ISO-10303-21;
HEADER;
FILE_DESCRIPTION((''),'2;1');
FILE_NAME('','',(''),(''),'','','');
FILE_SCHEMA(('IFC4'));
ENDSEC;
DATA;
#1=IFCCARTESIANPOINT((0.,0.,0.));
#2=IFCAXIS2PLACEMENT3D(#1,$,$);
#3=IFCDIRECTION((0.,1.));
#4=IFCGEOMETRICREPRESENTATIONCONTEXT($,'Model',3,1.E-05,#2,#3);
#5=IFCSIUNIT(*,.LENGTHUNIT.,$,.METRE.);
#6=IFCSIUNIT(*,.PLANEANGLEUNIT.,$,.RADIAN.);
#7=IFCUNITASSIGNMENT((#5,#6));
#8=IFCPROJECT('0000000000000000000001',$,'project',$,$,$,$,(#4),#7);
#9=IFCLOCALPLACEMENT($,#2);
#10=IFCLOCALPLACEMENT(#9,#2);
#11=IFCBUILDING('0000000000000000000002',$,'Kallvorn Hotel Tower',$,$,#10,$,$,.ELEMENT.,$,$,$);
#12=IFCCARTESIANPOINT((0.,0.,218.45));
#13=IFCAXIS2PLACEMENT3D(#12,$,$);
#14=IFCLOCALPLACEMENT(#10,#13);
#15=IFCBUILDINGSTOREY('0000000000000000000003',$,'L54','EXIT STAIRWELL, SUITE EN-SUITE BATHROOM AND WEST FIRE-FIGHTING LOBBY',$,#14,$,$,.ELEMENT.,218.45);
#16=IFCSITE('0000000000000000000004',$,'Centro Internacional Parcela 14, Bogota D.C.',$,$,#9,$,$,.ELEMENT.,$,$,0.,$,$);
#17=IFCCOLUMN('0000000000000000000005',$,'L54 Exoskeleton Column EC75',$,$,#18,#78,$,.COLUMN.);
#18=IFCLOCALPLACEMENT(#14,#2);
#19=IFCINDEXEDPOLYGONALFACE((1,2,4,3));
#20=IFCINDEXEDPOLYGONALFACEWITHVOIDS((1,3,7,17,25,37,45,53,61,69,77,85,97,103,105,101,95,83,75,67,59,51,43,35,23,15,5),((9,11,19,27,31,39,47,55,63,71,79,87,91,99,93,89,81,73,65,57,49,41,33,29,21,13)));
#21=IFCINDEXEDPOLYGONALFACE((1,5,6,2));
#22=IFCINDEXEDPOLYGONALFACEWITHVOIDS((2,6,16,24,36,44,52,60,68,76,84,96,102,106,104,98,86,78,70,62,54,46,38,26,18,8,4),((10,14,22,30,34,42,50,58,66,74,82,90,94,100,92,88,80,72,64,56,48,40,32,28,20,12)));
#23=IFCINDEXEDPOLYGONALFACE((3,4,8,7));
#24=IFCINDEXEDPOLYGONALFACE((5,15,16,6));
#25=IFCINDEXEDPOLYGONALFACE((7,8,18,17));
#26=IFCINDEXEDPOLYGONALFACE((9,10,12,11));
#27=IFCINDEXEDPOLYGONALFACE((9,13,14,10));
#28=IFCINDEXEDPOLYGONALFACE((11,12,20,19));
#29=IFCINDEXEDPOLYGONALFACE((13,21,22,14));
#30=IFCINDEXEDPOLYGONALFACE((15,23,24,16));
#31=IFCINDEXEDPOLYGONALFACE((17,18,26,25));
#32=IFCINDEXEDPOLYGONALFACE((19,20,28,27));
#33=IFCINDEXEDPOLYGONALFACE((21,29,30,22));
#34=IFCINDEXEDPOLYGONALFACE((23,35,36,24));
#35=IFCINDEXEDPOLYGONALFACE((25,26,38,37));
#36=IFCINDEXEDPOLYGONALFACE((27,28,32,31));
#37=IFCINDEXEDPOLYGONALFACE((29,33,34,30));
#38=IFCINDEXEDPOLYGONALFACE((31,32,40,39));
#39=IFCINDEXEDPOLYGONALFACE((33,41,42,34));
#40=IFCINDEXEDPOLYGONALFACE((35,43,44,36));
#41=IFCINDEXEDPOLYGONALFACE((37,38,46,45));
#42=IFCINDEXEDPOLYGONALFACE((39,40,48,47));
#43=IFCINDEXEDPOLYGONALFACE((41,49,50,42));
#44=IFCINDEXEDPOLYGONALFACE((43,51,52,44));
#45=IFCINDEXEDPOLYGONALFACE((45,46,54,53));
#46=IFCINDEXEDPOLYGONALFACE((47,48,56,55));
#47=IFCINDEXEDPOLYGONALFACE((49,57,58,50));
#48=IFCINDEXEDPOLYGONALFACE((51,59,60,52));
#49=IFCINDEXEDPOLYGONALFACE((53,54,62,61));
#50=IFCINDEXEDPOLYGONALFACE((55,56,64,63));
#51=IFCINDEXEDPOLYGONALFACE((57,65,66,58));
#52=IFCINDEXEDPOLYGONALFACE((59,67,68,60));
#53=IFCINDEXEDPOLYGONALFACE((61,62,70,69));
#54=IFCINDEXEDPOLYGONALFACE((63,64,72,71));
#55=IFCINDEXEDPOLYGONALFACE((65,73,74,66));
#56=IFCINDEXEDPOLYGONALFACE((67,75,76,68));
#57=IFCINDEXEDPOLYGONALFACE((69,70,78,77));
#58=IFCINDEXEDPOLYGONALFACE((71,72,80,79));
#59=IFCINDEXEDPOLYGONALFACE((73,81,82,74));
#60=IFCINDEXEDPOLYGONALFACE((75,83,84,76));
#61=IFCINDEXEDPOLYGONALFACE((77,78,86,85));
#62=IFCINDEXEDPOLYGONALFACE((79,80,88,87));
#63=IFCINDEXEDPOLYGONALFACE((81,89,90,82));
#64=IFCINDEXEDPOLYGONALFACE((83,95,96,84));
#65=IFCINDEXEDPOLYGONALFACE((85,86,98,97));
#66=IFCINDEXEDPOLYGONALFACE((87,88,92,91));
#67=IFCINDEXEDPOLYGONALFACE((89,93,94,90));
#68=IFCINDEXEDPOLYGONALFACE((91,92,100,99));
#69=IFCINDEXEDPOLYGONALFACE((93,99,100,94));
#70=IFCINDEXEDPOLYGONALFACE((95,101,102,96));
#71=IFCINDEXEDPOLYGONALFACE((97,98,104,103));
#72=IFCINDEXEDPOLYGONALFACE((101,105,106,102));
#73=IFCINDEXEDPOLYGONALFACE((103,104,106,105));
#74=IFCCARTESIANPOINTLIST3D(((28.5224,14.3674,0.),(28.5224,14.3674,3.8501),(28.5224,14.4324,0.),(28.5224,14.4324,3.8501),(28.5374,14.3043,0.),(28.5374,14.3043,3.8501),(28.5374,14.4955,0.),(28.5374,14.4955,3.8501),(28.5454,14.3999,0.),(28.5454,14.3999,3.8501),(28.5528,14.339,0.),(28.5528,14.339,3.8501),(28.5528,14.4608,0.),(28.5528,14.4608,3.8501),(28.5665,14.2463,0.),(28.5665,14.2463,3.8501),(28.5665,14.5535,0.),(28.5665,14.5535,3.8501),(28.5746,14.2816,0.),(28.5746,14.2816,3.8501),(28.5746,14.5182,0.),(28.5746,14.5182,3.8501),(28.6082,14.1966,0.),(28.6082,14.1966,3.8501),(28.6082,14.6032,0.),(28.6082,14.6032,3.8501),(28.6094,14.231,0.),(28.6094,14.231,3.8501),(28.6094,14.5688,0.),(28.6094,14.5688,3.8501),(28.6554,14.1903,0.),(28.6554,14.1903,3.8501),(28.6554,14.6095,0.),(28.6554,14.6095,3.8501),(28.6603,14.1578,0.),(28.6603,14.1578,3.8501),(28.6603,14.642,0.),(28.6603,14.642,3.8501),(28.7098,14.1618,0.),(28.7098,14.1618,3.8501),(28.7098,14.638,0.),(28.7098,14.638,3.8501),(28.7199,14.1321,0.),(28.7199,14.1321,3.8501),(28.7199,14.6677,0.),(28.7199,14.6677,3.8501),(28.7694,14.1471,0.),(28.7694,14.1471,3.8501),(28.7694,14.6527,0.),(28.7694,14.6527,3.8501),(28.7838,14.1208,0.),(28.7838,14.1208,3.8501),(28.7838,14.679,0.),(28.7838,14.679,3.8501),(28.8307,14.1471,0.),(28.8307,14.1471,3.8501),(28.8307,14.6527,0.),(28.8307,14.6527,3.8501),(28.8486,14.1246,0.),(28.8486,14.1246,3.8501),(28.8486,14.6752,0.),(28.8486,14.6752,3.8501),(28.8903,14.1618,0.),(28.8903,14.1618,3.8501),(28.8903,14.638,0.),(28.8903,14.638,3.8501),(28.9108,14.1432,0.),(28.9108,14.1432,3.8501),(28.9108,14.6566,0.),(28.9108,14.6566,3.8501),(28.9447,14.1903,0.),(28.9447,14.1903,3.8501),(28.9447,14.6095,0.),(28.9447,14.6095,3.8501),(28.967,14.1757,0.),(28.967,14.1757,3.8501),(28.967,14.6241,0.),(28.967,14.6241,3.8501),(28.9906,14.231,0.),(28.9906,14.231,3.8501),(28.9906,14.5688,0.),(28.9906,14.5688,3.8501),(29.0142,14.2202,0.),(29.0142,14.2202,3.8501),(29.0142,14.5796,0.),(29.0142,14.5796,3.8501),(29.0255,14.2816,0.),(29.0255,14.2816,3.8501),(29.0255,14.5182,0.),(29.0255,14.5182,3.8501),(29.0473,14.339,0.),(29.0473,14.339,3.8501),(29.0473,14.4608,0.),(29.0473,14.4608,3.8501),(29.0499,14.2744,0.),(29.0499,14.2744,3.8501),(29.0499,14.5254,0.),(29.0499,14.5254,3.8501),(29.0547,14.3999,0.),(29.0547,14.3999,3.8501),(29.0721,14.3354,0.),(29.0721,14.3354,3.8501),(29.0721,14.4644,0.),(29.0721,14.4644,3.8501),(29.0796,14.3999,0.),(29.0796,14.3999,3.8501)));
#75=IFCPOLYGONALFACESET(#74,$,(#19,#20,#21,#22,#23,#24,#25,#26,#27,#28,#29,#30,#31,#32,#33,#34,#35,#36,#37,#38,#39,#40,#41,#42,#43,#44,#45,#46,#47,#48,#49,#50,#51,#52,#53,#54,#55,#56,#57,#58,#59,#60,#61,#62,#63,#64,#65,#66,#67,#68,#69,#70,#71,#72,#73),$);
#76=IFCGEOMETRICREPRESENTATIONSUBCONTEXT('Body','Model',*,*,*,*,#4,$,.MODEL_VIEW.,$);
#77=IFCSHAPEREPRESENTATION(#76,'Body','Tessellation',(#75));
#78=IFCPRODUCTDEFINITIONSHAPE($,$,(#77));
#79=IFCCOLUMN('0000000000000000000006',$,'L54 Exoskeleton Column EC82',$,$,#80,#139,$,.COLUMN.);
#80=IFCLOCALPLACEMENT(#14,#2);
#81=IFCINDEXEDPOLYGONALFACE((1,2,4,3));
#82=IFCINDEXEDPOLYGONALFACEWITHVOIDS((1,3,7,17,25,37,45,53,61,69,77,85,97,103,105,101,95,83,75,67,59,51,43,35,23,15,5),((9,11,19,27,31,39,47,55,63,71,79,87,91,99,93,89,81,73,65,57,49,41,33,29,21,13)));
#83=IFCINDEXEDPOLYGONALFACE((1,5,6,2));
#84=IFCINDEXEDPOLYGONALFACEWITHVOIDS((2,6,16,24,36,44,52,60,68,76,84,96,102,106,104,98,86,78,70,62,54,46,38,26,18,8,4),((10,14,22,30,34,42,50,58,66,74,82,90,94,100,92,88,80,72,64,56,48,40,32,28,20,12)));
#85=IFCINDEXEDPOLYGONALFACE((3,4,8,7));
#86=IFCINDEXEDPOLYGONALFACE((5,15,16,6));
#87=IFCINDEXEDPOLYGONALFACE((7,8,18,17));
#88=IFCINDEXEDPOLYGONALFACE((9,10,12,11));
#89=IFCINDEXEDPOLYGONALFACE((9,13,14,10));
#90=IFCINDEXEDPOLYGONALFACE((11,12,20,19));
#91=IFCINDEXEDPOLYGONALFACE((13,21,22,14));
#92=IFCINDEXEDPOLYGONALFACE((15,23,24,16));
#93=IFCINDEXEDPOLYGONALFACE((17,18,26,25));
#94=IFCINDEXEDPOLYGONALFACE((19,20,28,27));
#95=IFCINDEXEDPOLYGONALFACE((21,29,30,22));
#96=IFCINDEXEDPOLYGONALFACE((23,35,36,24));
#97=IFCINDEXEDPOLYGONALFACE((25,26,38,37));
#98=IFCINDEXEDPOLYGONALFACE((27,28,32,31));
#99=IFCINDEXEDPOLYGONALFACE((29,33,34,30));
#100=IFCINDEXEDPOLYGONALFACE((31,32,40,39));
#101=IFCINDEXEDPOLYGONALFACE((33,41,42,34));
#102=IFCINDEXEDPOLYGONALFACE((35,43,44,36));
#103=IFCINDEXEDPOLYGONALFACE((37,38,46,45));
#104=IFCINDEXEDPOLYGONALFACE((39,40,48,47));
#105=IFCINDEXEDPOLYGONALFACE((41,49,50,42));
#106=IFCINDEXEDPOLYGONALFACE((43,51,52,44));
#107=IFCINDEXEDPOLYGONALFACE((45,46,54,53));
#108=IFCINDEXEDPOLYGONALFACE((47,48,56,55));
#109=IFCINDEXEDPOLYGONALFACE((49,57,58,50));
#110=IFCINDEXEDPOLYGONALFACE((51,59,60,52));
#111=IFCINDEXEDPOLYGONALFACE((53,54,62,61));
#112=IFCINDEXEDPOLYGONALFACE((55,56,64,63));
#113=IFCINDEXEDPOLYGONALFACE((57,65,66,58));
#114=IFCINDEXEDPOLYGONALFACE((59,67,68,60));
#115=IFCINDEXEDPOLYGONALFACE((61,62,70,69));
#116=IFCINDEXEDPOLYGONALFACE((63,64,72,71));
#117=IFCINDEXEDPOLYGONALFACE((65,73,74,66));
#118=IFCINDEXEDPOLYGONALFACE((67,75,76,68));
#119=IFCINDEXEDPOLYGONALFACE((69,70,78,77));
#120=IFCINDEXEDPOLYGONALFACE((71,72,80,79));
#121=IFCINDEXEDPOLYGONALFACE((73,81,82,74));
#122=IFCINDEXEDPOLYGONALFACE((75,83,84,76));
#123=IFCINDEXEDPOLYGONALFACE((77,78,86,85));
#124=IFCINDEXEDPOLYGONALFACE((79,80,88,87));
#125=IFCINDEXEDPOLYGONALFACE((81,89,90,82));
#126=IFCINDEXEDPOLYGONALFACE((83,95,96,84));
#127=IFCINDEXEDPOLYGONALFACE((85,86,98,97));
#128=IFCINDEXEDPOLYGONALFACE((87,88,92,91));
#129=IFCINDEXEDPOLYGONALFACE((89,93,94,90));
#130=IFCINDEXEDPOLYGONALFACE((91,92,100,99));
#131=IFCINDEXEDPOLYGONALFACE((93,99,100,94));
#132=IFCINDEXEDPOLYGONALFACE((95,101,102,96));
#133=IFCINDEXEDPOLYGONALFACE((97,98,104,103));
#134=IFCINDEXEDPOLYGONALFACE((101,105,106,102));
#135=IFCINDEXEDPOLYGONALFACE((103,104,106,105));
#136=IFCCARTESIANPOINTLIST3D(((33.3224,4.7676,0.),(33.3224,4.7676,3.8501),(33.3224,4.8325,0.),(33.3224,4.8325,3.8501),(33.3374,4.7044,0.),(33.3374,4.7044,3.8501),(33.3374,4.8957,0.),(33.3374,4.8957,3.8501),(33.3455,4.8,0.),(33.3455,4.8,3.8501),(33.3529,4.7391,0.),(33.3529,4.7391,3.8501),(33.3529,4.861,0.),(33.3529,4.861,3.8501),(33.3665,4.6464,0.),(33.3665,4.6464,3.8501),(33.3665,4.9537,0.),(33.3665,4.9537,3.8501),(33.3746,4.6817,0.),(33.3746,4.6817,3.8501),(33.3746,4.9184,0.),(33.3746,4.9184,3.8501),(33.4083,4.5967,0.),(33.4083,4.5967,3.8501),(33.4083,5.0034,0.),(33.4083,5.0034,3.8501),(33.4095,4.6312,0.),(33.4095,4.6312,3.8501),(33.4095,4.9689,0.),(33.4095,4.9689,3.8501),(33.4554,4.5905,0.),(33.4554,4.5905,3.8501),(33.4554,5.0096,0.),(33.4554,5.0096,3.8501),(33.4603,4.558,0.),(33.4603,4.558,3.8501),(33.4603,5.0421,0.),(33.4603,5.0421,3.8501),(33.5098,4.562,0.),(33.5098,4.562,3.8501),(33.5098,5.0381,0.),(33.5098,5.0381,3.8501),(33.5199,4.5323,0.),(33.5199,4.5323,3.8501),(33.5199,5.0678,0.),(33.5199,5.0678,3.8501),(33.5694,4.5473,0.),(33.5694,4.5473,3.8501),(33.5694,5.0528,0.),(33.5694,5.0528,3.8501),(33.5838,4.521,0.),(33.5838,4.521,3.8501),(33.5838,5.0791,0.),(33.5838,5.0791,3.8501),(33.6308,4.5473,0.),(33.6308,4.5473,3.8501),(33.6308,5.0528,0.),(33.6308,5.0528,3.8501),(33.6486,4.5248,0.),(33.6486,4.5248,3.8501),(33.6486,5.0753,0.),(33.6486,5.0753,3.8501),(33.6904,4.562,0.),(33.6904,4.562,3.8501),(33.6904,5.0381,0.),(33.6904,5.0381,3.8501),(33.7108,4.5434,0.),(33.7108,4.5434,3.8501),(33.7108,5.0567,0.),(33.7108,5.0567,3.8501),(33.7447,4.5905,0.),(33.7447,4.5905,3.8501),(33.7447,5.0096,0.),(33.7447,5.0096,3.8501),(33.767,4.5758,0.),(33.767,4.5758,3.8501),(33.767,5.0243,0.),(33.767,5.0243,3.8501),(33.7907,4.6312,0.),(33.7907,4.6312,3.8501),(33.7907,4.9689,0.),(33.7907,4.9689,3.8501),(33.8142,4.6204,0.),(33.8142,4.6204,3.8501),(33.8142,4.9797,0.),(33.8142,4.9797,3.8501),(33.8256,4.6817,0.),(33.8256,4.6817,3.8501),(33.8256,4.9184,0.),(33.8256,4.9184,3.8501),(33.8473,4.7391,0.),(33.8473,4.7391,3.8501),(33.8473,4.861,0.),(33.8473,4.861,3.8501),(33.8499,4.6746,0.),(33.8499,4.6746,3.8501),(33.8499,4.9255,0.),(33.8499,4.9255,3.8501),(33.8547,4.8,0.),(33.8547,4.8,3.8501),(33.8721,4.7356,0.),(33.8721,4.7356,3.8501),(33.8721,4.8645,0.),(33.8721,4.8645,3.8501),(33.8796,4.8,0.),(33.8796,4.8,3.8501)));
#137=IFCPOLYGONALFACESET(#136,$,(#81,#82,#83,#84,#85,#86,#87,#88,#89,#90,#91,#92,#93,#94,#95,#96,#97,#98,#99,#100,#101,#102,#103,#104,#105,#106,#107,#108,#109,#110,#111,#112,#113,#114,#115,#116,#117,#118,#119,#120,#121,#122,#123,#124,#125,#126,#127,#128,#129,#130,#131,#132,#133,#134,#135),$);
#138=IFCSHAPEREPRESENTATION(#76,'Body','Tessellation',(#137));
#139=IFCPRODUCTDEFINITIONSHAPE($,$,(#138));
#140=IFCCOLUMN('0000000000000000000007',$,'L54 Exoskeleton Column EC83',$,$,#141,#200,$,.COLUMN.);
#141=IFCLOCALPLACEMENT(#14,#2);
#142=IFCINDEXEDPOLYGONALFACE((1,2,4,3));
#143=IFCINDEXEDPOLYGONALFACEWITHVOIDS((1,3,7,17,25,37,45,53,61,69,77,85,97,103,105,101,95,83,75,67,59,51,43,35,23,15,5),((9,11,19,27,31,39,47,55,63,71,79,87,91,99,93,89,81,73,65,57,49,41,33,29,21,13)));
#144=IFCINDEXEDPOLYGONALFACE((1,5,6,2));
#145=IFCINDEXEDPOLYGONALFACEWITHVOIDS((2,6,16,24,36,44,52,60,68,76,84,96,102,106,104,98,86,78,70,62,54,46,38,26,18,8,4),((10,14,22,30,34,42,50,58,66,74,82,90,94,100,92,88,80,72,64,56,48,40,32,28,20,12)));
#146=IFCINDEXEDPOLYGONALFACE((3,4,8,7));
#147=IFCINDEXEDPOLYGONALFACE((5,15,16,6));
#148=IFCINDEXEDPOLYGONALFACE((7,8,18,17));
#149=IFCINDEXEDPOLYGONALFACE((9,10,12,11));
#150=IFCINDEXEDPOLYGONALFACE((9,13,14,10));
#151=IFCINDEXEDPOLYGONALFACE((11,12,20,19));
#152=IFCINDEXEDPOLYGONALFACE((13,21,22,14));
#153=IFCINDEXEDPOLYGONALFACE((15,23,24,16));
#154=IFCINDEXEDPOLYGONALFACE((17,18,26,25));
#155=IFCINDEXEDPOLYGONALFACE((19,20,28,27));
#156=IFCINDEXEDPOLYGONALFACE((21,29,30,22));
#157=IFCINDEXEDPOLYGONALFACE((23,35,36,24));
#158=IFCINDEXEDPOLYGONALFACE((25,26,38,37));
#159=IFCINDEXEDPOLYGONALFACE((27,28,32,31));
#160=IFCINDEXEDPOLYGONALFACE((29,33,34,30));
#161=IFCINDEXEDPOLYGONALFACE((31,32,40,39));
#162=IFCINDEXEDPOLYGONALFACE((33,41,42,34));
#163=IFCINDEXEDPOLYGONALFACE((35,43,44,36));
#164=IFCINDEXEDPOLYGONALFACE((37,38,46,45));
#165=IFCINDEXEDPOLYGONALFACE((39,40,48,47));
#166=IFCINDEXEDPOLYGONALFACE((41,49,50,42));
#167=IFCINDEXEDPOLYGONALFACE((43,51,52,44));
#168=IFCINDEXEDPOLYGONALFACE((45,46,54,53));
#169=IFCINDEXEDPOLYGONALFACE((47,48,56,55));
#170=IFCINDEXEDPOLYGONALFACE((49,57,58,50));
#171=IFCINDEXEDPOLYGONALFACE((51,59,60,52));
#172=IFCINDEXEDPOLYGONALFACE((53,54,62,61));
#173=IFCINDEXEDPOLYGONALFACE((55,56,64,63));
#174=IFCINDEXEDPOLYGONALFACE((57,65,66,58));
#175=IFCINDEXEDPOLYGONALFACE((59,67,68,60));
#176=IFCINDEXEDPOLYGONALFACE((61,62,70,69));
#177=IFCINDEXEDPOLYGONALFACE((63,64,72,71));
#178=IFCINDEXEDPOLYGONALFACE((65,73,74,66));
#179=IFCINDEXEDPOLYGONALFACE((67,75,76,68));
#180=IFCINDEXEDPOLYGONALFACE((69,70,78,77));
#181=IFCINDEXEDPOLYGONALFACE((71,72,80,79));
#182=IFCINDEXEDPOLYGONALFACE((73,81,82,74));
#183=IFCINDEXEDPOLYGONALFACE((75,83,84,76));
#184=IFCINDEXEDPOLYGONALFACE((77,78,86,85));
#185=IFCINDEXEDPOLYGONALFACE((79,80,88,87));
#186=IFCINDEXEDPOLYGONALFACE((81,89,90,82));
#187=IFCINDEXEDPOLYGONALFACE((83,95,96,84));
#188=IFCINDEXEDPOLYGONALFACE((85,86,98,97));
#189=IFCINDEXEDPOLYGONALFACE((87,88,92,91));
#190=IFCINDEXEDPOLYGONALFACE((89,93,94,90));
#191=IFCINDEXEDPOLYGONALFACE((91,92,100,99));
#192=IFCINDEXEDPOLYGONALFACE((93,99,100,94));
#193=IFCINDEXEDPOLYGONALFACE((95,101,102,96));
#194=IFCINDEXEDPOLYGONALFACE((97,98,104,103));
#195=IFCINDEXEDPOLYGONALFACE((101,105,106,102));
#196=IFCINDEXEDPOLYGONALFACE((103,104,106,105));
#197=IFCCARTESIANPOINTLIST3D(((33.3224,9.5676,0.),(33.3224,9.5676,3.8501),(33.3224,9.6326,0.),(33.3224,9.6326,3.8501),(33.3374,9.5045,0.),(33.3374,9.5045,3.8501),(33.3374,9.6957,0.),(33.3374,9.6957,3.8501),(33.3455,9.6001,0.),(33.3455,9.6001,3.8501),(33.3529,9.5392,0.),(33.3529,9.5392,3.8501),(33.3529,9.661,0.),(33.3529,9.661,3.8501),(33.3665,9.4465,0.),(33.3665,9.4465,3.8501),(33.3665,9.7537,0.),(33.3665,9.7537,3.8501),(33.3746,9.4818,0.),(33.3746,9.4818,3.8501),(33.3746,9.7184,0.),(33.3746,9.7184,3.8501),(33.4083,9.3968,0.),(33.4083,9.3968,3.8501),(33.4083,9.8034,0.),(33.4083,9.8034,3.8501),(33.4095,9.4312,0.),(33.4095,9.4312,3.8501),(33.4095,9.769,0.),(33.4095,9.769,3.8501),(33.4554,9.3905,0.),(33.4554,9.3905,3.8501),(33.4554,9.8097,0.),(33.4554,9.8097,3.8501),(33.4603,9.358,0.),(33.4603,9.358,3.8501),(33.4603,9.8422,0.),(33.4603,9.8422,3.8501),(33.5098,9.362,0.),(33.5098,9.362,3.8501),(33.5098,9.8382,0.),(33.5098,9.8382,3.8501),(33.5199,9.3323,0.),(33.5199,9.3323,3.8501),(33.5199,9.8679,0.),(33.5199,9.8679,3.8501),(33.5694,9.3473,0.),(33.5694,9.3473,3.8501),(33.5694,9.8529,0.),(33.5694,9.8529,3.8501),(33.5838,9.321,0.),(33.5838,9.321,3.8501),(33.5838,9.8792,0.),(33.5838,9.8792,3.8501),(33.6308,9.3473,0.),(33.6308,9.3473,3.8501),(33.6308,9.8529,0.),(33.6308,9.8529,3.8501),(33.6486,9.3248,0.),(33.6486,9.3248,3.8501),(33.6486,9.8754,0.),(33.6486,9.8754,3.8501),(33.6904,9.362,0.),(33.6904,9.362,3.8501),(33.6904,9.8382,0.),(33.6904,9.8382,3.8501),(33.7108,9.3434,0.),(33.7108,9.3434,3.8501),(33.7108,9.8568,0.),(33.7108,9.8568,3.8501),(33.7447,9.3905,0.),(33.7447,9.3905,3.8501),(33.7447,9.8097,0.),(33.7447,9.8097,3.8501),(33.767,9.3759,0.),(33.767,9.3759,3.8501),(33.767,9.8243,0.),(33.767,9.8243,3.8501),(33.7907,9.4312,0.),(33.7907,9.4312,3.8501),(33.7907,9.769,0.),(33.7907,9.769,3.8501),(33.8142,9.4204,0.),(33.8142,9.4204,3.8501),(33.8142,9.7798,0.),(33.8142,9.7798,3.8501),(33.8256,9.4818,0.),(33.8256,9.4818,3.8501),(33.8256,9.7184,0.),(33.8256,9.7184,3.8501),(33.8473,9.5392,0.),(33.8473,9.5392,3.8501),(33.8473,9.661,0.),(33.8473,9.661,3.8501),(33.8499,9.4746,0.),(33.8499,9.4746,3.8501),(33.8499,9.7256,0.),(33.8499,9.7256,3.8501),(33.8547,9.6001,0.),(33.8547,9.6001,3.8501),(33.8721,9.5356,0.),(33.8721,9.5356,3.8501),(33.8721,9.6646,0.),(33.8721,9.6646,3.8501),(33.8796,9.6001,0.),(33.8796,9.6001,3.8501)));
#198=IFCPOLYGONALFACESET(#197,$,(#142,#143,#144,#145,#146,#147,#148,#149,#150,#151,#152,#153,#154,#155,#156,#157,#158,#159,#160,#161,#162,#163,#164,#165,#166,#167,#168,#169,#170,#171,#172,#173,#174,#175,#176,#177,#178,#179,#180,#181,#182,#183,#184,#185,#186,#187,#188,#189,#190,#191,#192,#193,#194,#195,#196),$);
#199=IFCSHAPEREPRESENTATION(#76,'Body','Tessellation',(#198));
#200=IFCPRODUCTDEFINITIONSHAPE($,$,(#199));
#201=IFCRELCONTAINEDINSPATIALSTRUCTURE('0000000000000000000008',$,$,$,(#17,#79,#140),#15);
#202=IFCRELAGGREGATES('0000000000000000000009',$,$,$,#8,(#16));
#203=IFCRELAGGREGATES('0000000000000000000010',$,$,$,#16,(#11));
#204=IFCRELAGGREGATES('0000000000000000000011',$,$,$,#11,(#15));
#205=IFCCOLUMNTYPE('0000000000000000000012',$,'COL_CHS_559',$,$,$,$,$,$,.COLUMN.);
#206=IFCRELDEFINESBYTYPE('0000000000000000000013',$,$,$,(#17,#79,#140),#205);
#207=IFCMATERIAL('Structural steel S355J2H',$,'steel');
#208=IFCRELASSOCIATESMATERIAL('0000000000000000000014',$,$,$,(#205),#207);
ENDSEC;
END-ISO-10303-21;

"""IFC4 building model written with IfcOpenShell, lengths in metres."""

from ifc_helpers import new_model, si_unit, direction, frame, origin, origin_2d, place, context, subcontext, project, spatial, hollow_circle, extrude, material, material_profile, profile_set, type_object, element, save


model = new_model("IFC4")

# Units and contexts
model_context = context("Model", 3, precision=1e-05, world=origin(), true_north=direction((0.0, 1.0)))
body_context = subcontext(model_context, "Body", "Model", "MODEL_VIEW")
ifc_project = project(units=[si_unit("LENGTHUNIT", "METRE"), si_unit("PLANEANGLEUNIT", "RADIAN")], contexts=[model_context])

# Site, building, storey
site_placement = place(None, origin())
site = spatial("IfcSite", under=ifc_project, at=site_placement, Name="Centro Internacional Parcela 14, Bogota D.C.", CompositionType="ELEMENT", RefElevation=0.0)
building_placement = place(site_placement, origin())
building = spatial("IfcBuilding", under=site, at=building_placement, Name="Kallvorn Hotel Tower", CompositionType="ELEMENT")
storey_placement = place(building_placement, frame((0.0, 0.0, 218.45)))
storey = spatial("IfcBuildingStorey", under=building, at=storey_placement, Name="L54", Description="EXIT STAIRWELL, SUITE EN-SUITE BATHROOM AND WEST FIRE-FIGHTING LOBBY", CompositionType="ELEMENT", Elevation=218.45)

# Columns
ifc_material_1 = material(Name="Structural steel S355J2H", Category="steel")
ifc_material_profile_1 = material_profile(ifc_material_1, hollow_circle(Radius=0.2795, WallThickness=0.0249, at=origin_2d()), Name="CHS 559x25")
ifc_profile_set_1 = profile_set([ifc_material_profile_1], Name="Structural steel S355J2H")
column_type_1 = type_object("IfcColumnType", Name="COL_CHS_559", PredefinedType="COLUMN", material=ifc_profile_set_1)
for number, where, z_axis, x_axis, name in (
    (1, (28.8, 14.3999, 0.0), (0.0, 0.0, 1.0), (1.0, 0.0, 0.0), "L54 Exoskeleton Column EC75"),
    (2, (33.6001, 4.8, 0.0), (0.0, 0.0, 1.0), (1.0, 0.0, 0.0), "L54 Exoskeleton Column EC82"),
    (3, (33.6001, 9.6001, 0.0), (0.0, 0.0, 1.0), (1.0, 0.0, 0.0), "L54 Exoskeleton Column EC83"),
):
    element("IfcColumn", number, at=place(storey_placement, frame(where, z_axis=z_axis, x_axis=x_axis)), inside=storey, type_object=column_type_1, Name=name, PredefinedType="COLUMN", context=body_context, shape_type="SweptSolid", body=[
        extrude(hollow_circle(Radius=0.2795, WallThickness=0.0249, at=origin_2d()), origin(), (0.0, 0.0, 1.0), 3.8501),
    ])

save(model, "model.ifc")
